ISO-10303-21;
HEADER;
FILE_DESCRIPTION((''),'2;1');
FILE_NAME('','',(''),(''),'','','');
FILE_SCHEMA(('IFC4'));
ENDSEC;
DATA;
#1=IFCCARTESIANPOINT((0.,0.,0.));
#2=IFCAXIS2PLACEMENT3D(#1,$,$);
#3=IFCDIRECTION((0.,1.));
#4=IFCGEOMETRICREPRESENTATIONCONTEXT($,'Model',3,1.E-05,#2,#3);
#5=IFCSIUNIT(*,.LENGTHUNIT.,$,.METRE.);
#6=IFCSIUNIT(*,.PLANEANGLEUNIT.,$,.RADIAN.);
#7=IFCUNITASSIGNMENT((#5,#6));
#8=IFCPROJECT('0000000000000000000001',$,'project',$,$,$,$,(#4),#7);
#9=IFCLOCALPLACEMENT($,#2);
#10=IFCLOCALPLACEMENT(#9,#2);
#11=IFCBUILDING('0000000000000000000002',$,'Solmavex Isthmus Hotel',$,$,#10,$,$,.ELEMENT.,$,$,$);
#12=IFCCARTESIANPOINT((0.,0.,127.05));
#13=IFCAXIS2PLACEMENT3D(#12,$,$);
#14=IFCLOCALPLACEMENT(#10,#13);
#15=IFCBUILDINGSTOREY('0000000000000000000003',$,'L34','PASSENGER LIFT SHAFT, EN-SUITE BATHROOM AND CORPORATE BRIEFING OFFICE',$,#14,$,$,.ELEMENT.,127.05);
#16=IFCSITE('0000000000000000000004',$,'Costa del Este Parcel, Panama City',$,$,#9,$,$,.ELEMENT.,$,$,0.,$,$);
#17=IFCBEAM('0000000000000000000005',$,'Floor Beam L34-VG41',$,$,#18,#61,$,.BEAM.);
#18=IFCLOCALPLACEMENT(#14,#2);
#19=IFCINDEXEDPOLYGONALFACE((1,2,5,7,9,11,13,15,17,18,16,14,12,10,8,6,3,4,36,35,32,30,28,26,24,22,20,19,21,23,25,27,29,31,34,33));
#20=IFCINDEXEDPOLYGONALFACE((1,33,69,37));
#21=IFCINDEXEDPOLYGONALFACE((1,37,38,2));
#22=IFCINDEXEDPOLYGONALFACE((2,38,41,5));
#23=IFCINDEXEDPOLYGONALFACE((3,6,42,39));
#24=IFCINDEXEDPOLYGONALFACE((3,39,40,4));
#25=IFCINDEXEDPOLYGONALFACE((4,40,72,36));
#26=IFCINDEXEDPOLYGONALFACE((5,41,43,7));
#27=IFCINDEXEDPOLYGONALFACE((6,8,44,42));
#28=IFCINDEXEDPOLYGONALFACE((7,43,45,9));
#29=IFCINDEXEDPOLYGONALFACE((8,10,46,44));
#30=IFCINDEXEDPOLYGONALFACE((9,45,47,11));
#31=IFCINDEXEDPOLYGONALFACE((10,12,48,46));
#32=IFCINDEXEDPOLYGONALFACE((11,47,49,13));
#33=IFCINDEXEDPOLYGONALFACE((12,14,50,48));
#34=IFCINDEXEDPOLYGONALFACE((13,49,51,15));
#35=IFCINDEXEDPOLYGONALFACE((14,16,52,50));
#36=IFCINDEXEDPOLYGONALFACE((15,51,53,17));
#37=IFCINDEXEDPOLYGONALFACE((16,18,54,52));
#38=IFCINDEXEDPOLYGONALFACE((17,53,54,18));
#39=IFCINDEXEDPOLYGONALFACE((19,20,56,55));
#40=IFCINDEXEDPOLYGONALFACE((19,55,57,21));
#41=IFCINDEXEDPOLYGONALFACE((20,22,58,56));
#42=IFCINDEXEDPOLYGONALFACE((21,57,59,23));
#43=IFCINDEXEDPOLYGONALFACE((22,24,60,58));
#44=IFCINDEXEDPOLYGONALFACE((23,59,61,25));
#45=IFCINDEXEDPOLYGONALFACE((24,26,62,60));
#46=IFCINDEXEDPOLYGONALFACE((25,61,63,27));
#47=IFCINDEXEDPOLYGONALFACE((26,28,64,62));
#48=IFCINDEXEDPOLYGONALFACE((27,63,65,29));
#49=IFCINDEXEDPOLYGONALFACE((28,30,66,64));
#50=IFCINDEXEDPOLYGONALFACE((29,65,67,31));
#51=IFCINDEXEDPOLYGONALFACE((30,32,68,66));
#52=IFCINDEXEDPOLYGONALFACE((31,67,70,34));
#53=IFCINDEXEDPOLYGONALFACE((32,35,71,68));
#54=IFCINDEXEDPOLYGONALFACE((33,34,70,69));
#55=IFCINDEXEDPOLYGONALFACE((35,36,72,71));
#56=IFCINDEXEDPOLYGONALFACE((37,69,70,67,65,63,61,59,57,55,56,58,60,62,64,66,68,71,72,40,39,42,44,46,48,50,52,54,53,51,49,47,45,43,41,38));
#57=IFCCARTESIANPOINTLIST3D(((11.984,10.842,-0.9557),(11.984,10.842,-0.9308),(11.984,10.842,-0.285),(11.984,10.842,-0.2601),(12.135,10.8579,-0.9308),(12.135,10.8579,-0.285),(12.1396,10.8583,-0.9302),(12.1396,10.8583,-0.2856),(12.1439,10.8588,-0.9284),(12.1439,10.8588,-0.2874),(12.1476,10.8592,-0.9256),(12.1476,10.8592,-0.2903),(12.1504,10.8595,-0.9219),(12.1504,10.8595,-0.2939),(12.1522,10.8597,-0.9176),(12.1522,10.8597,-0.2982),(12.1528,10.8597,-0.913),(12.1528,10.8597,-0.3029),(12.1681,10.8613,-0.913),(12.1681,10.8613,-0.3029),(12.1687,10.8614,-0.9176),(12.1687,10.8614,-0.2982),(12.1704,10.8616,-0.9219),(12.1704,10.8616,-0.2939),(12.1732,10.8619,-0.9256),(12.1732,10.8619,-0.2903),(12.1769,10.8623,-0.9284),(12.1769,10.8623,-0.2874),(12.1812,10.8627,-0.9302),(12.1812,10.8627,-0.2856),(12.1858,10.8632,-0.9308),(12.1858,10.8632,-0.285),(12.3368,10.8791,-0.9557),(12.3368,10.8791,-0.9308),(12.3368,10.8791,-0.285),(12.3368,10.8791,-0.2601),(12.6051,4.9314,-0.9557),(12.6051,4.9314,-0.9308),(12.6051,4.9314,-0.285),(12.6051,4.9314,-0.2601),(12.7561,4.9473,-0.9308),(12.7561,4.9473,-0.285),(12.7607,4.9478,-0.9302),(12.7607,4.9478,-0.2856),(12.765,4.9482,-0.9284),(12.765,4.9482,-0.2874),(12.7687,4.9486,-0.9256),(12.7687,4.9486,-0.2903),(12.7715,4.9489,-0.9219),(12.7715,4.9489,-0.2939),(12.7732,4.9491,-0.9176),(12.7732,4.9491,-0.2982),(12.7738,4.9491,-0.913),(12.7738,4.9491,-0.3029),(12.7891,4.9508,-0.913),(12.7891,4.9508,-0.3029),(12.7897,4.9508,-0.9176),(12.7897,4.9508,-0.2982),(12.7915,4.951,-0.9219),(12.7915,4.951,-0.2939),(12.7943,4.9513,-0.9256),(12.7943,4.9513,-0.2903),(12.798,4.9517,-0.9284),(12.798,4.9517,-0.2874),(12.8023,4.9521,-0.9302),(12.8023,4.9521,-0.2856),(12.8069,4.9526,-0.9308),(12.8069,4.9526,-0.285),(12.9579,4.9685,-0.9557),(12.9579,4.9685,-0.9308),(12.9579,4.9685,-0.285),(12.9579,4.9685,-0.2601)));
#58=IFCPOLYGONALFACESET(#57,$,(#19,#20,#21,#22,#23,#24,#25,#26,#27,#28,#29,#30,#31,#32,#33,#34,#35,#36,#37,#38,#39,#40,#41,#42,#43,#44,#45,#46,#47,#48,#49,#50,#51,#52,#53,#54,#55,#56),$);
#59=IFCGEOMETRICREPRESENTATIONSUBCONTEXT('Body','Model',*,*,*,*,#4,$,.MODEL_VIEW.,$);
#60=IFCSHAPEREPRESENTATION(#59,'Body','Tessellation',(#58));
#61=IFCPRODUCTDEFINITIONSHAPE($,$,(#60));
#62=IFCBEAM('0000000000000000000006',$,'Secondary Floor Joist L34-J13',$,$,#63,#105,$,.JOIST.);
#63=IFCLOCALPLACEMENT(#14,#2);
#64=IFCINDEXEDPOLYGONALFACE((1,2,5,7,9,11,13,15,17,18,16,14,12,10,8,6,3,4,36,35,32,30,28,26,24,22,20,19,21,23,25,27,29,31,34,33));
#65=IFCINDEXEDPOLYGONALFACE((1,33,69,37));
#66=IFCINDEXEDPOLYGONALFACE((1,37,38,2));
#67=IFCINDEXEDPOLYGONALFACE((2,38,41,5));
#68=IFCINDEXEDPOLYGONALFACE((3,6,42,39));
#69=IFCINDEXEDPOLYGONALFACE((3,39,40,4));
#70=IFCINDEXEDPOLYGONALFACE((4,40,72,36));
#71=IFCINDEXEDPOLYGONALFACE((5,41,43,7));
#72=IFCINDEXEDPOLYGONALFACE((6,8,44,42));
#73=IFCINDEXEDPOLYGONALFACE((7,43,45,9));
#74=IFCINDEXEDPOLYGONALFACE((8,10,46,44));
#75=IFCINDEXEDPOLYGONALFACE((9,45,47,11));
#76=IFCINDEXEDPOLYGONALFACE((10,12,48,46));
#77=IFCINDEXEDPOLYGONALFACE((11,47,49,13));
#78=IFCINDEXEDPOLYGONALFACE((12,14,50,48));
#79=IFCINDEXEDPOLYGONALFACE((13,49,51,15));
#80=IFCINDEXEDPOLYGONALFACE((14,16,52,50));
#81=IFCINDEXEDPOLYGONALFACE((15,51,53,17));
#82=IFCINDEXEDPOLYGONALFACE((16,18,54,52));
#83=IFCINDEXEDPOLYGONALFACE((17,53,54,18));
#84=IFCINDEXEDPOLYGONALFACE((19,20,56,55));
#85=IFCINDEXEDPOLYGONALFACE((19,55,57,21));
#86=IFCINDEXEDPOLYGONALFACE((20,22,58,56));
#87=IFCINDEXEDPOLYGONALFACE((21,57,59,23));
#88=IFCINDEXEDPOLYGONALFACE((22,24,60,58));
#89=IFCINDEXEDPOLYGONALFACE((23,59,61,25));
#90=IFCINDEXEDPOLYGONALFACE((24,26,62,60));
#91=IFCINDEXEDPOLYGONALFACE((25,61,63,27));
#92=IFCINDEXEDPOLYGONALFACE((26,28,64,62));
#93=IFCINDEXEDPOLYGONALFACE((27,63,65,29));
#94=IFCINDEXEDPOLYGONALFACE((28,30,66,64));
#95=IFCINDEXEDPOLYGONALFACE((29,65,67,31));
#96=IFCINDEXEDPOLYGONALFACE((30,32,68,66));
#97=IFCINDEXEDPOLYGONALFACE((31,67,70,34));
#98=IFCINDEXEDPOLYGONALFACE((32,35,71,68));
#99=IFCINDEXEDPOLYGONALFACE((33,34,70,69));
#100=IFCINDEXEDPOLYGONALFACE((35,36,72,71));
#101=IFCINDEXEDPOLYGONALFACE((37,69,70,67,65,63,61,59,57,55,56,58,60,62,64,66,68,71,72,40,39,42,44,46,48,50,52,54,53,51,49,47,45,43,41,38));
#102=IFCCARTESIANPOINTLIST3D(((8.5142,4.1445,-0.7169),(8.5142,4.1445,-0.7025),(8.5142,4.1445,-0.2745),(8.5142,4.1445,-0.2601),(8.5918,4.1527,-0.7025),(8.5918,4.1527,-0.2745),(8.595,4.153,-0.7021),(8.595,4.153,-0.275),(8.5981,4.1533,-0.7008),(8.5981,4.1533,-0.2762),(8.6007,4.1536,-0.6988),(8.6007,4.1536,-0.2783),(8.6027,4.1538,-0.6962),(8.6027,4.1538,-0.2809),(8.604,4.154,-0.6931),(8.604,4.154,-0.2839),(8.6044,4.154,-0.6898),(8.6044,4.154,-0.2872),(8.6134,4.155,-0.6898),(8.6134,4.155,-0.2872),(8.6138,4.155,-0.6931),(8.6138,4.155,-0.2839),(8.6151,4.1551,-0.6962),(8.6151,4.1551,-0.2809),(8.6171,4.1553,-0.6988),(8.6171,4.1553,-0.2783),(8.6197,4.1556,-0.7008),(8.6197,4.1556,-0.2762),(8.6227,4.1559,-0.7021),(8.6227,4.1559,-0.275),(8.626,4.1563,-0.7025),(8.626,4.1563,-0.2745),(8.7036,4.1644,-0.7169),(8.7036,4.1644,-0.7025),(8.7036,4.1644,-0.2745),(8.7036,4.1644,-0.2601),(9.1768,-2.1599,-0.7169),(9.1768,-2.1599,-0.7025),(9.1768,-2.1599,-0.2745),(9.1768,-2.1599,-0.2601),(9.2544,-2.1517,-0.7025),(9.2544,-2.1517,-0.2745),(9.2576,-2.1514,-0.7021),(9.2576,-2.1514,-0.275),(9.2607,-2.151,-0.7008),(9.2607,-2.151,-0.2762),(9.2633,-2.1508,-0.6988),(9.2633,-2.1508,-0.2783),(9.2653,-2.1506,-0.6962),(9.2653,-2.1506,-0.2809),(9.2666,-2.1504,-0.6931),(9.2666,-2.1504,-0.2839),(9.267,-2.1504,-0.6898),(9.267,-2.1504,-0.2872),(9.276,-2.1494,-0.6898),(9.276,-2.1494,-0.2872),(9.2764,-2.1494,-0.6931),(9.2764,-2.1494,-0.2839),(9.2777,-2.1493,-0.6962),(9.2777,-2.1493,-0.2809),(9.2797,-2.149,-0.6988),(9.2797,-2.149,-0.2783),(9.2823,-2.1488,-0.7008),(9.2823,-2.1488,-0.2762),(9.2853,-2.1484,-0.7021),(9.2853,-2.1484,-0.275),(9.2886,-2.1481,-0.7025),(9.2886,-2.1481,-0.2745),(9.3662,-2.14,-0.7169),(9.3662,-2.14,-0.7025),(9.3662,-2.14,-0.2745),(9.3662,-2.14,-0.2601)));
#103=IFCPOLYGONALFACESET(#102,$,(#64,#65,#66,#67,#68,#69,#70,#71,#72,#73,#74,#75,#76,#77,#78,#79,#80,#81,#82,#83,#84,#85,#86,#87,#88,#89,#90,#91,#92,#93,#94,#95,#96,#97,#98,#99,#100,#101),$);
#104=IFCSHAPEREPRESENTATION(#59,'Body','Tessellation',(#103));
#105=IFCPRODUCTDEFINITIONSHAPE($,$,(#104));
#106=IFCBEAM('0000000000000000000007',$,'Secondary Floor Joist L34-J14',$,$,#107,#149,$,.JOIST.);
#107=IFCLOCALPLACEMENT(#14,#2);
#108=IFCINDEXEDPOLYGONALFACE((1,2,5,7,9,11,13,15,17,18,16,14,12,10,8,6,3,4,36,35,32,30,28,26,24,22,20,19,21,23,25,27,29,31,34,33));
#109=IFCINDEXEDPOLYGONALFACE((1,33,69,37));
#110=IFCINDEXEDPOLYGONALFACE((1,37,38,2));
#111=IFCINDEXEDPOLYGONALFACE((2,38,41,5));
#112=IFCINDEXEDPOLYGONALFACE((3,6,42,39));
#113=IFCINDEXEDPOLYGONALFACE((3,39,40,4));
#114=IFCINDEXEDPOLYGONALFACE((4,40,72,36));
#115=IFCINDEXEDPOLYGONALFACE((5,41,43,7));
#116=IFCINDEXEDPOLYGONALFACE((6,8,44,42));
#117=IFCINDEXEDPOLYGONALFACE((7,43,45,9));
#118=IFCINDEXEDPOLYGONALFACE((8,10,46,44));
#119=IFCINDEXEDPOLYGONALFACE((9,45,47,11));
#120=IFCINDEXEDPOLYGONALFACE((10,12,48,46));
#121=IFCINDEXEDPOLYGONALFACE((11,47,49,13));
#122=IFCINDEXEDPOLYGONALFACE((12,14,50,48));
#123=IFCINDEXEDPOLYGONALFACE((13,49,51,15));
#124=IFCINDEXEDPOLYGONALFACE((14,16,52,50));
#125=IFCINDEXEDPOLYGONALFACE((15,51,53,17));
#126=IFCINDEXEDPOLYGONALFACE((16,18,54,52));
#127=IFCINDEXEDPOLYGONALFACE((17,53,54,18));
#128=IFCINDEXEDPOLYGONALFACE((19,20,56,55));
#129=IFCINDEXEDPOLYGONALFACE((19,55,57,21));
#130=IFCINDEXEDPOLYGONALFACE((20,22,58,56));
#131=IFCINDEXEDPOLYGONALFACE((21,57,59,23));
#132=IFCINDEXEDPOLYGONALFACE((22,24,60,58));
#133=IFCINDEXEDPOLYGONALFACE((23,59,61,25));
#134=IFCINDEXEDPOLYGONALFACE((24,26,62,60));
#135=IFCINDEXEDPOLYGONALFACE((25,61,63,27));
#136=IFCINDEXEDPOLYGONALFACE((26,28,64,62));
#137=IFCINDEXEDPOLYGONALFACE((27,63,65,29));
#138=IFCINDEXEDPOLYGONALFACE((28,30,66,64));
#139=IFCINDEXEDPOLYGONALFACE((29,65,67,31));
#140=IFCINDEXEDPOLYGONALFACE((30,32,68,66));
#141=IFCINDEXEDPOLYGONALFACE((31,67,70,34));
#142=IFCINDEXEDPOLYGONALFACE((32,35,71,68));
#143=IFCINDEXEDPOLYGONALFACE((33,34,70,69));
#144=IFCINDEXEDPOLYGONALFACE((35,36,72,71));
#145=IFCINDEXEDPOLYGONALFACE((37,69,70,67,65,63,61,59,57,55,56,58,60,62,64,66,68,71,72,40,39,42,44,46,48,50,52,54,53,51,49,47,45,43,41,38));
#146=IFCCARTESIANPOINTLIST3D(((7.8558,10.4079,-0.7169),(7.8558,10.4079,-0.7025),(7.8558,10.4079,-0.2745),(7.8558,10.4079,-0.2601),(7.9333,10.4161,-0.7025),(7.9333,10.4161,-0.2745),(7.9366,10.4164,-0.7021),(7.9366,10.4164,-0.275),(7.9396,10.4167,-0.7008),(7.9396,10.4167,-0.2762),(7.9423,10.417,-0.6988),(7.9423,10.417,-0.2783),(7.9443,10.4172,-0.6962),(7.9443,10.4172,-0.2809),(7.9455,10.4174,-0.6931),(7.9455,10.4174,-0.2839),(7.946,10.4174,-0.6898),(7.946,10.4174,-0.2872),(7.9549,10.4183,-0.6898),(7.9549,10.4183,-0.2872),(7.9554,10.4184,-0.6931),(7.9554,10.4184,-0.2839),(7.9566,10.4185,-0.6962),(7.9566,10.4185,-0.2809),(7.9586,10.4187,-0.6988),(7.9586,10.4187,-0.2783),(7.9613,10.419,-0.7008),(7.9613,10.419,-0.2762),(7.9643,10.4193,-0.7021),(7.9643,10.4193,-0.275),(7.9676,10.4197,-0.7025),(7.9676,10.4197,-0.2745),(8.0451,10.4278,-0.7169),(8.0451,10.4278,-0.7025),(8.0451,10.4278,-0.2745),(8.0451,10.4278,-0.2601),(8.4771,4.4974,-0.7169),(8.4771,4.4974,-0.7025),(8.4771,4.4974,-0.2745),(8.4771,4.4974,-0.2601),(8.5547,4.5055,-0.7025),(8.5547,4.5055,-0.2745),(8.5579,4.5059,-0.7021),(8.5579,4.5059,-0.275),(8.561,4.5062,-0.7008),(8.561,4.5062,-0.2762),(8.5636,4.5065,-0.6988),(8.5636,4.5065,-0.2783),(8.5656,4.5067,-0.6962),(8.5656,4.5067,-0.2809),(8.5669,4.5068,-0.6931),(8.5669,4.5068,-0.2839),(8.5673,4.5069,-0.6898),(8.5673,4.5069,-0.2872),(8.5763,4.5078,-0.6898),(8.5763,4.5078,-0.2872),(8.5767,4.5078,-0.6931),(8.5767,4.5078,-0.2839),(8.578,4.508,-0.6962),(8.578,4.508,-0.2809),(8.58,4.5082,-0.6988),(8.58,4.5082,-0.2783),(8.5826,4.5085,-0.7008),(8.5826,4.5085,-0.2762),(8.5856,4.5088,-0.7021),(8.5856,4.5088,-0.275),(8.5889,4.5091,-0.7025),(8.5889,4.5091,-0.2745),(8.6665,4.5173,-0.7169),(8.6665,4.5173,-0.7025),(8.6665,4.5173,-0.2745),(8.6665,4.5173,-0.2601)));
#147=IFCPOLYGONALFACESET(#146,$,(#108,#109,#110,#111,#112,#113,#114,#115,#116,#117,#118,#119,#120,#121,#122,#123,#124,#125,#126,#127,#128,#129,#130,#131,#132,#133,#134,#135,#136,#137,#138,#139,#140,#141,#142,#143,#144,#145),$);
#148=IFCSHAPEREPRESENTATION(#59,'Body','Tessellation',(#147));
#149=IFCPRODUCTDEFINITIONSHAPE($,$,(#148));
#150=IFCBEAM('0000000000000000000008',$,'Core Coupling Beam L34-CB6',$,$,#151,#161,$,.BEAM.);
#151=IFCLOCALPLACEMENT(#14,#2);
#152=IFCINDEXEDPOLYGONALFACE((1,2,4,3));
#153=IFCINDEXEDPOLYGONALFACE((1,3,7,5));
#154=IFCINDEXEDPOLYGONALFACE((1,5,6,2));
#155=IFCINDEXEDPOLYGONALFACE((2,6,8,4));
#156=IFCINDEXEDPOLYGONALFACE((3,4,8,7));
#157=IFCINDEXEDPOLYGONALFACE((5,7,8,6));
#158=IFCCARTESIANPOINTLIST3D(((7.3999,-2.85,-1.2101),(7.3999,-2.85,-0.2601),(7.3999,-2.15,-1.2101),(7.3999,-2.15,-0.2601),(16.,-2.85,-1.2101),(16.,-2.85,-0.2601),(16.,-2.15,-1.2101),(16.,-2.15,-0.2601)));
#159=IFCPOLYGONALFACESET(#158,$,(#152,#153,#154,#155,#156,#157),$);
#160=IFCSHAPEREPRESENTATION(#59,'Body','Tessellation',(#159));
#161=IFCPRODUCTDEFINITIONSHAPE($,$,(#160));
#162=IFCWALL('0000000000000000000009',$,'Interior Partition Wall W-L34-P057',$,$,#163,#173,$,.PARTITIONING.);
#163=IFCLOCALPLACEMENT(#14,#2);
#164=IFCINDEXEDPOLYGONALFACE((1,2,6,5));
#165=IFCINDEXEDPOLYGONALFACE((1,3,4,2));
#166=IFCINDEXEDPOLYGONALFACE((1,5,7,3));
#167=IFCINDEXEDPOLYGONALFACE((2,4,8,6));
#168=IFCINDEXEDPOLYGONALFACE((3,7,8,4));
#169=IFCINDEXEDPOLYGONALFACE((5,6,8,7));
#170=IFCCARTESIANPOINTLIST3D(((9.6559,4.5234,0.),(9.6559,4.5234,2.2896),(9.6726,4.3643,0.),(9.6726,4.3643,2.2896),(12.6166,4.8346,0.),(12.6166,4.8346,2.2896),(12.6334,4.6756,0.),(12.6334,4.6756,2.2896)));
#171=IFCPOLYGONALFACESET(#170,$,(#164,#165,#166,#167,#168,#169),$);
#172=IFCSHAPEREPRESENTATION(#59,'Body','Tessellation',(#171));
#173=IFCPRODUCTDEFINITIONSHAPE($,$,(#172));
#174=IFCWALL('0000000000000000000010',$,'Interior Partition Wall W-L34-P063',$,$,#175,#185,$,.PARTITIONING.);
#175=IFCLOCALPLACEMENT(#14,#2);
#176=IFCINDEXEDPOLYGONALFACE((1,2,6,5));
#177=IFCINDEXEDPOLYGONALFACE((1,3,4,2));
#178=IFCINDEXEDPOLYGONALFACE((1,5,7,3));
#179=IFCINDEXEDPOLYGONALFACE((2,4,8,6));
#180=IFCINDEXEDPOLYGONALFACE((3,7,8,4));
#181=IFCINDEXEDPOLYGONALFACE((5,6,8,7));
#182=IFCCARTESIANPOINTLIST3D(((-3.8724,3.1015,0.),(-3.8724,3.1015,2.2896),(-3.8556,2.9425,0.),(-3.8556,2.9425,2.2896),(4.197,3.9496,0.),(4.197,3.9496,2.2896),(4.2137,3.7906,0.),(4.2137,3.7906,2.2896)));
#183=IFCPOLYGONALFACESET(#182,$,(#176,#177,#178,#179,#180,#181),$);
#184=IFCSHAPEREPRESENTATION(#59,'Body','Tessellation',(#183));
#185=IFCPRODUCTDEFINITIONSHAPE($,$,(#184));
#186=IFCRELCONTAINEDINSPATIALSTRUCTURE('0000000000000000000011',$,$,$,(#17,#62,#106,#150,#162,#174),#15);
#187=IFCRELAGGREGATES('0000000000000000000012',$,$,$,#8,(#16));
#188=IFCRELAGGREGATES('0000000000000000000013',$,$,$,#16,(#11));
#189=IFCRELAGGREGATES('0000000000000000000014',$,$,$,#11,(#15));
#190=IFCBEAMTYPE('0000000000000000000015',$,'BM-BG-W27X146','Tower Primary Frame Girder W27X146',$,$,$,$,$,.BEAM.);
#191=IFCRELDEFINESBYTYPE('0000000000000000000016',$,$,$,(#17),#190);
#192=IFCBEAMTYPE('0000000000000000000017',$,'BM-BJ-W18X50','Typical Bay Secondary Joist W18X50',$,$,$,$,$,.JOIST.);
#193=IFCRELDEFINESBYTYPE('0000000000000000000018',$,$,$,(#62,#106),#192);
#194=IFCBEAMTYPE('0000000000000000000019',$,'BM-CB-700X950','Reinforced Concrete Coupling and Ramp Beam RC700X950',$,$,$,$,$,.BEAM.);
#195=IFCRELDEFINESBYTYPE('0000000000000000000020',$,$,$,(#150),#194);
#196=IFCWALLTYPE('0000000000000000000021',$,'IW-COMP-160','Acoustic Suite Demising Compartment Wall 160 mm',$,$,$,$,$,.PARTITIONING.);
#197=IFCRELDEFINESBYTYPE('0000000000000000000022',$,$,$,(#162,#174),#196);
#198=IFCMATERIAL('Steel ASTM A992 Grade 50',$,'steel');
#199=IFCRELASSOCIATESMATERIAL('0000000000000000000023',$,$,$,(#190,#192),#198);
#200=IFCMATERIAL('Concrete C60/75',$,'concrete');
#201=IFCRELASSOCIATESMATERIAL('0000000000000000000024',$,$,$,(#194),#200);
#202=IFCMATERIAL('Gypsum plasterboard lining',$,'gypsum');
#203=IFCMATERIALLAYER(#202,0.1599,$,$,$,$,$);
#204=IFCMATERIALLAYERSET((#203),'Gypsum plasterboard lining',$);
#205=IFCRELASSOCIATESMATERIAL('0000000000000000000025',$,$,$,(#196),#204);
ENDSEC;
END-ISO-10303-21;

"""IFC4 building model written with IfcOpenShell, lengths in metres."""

from ifc_helpers import new_model, si_unit, direction, frame, frame_2d, origin, origin_2d, place, context, subcontext, project, spatial, rectangle, i_section, extrude, material, layer, layer_set, material_profile, profile_set, type_object, element, save


model = new_model("IFC4")

# Units and contexts
model_context = context("Model", 3, precision=1e-05, world=origin(), true_north=direction((0.0, 1.0)))
body_context = subcontext(model_context, "Body", "Model", "MODEL_VIEW")
ifc_project = project(units=[si_unit("LENGTHUNIT", "METRE"), si_unit("PLANEANGLEUNIT", "RADIAN")], contexts=[model_context])

# Site, building, storey
site_placement = place(None, origin())
site = spatial("IfcSite", under=ifc_project, at=site_placement, Name="Costa del Este Parcel, Panama City", CompositionType="ELEMENT", RefElevation=0.0)
building_placement = place(site_placement, origin())
building = spatial("IfcBuilding", under=site, at=building_placement, Name="Solmavex Isthmus Hotel", CompositionType="ELEMENT")
storey_placement = place(building_placement, frame((0.0, 0.0, 127.05)))
storey = spatial("IfcBuildingStorey", under=building, at=storey_placement, Name="L34", Description="PASSENGER LIFT SHAFT, EN-SUITE BATHROOM AND CORPORATE BRIEFING OFFICE", CompositionType="ELEMENT", Elevation=127.05)

# Shared definitions
ifc_material_1 = material(Name="Concrete C60/75", Category="concrete")

# Beams
ifc_material_2 = material(Name="Steel ASTM A992 Grade 50", Category="steel")
ifc_material_profile_1 = material_profile(ifc_material_2, i_section(OverallWidth=0.3547, OverallDepth=0.6956, WebThickness=0.0154, FlangeThickness=0.0249, FilletRadius=0.0178, at=origin_2d()), Name="W27X146")
ifc_profile_set_1 = profile_set([ifc_material_profile_1], Name="Steel ASTM A992 Grade 50")
beam_type_1 = type_object("IfcBeamType", Name="BM-BG-W27X146", Description="Tower Primary Frame Girder W27X146", PredefinedType="BEAM", material=ifc_profile_set_1)
beam_1_placement = place(storey_placement, frame((12.7815, 4.95, -0.6079), z_axis=(-0.104505, 0.994524, 0.0), x_axis=(-0.994524, -0.104505, 0.0)))
element("IfcBeam", 1, at=beam_1_placement, inside=storey, type_object=beam_type_1, Name="Floor Beam L34-VG41", PredefinedType="BEAM", context=body_context, shape_type="SweptSolid", body=[
    extrude(i_section(OverallWidth=0.3547, OverallDepth=0.6956, WebThickness=0.0154, FlangeThickness=0.0249, FilletRadius=0.0178, at=origin_2d()), origin(), (0.0, 0.0, 1.0), 5.9431),
])
ifc_material_profile_2 = material_profile(ifc_material_2, i_section(OverallWidth=0.1904, OverallDepth=0.4568, WebThickness=0.009, FlangeThickness=0.0144, FilletRadius=0.0127, at=origin_2d()), Name="W18X50")
ifc_profile_set_2 = profile_set([ifc_material_profile_2], Name="Steel ASTM A992 Grade 50")
beam_type_2 = type_object("IfcBeamType", Name="BM-BJ-W18X50", Description="Typical Bay Secondary Joist W18X50", PredefinedType="JOIST", material=ifc_profile_set_2)
beam_2_placement = place(storey_placement, frame((9.2715, -2.1499, -0.4885), z_axis=(-0.104524, 0.994522, 0.0), x_axis=(-0.994522, -0.104524, 0.0)))
element("IfcBeam", 2, at=beam_2_placement, inside=storey, type_object=beam_type_2, Name="Secondary Floor Joist L34-J13", PredefinedType="JOIST", context=body_context, shape_type="SweptSolid", body=[
    extrude(i_section(OverallWidth=0.1904, OverallDepth=0.4568, WebThickness=0.009, FlangeThickness=0.0144, FilletRadius=0.0127, at=origin_2d()), origin(), (0.0, 0.0, 1.0), 6.3391),
])
beam_3_placement = place(storey_placement, frame((8.5718, 4.5073, -0.4885), z_axis=(-0.104546, 0.99452, 0.0), x_axis=(-0.99452, -0.104546, 0.0)))
element("IfcBeam", 3, at=beam_3_placement, inside=storey, type_object=beam_type_2, Name="Secondary Floor Joist L34-J14", PredefinedType="JOIST", context=body_context, shape_type="SweptSolid", body=[
    extrude(i_section(OverallWidth=0.1904, OverallDepth=0.4568, WebThickness=0.009, FlangeThickness=0.0144, FilletRadius=0.0127, at=origin_2d()), origin(), (0.0, 0.0, 1.0), 5.9431),
])
ifc_material_profile_3 = material_profile(ifc_material_1, rectangle(XDim=0.7, YDim=0.95, at=origin_2d()), Name="RC700X950")
ifc_profile_set_3 = profile_set([ifc_material_profile_3], Name="Concrete C60/75")
beam_type_3 = type_object("IfcBeamType", Name="BM-CB-700X950", Description="Reinforced Concrete Coupling and Ramp Beam RC700X950", PredefinedType="BEAM", material=ifc_profile_set_3)
beam_4_placement = place(storey_placement, frame((7.3999, -2.5, -0.7351), z_axis=(1.0, 0.0, 0.0), x_axis=(0.0, 1.0, 0.0)))
element("IfcBeam", 4, at=beam_4_placement, inside=storey, type_object=beam_type_3, Name="Core Coupling Beam L34-CB6", PredefinedType="BEAM", context=body_context, shape_type="SweptSolid", body=[
    extrude(rectangle(XDim=0.7, YDim=0.95, at=origin_2d()), origin(), (0.0, 0.0, 1.0), 8.6001),
])

# Walls
ifc_material_3 = material(Name="Gypsum plasterboard lining", Category="gypsum")
ifc_layer_1 = layer(ifc_material_3, 0.1599)
ifc_layer_set_1 = layer_set([ifc_layer_1], Name="Gypsum plasterboard lining")
wall_type_1 = type_object("IfcWallType", Name="IW-COMP-160", Description="Acoustic Suite Demising Compartment Wall 160 mm", PredefinedType="PARTITIONING", material=ifc_layer_set_1)
wall_1_placement = place(storey_placement, frame((12.625, 4.7551, 0.0), z_axis=(0.0, 0.0, 1.0), x_axis=(-0.994518, -0.104561, 0.0)))
element("IfcWall", 5, at=wall_1_placement, inside=storey, type_object=wall_type_1, Name="Interior Partition Wall W-L34-P057", PredefinedType="PARTITIONING", context=body_context, shape_type="SweptSolid", body=[
    extrude(rectangle(XDim=2.9771, YDim=0.1599, at=frame_2d((1.4885, 0.0))), origin(), (0.0, 0.0, 1.0), 2.2896),
])
wall_2_placement = place(storey_placement, frame((4.2053, 3.8701, 0.0), z_axis=(0.0, 0.0, 1.0), x_axis=(-0.994522, -0.104531, 0.0)))
element("IfcWall", 6, at=wall_2_placement, inside=storey, type_object=wall_type_1, Name="Interior Partition Wall W-L34-P063", PredefinedType="PARTITIONING", context=body_context, shape_type="SweptSolid", body=[
    extrude(rectangle(XDim=8.1138, YDim=0.1599, at=frame_2d((4.0569, 0.0))), origin(), (0.0, 0.0, 1.0), 2.2896),
])

save(model, "model.ifc")
